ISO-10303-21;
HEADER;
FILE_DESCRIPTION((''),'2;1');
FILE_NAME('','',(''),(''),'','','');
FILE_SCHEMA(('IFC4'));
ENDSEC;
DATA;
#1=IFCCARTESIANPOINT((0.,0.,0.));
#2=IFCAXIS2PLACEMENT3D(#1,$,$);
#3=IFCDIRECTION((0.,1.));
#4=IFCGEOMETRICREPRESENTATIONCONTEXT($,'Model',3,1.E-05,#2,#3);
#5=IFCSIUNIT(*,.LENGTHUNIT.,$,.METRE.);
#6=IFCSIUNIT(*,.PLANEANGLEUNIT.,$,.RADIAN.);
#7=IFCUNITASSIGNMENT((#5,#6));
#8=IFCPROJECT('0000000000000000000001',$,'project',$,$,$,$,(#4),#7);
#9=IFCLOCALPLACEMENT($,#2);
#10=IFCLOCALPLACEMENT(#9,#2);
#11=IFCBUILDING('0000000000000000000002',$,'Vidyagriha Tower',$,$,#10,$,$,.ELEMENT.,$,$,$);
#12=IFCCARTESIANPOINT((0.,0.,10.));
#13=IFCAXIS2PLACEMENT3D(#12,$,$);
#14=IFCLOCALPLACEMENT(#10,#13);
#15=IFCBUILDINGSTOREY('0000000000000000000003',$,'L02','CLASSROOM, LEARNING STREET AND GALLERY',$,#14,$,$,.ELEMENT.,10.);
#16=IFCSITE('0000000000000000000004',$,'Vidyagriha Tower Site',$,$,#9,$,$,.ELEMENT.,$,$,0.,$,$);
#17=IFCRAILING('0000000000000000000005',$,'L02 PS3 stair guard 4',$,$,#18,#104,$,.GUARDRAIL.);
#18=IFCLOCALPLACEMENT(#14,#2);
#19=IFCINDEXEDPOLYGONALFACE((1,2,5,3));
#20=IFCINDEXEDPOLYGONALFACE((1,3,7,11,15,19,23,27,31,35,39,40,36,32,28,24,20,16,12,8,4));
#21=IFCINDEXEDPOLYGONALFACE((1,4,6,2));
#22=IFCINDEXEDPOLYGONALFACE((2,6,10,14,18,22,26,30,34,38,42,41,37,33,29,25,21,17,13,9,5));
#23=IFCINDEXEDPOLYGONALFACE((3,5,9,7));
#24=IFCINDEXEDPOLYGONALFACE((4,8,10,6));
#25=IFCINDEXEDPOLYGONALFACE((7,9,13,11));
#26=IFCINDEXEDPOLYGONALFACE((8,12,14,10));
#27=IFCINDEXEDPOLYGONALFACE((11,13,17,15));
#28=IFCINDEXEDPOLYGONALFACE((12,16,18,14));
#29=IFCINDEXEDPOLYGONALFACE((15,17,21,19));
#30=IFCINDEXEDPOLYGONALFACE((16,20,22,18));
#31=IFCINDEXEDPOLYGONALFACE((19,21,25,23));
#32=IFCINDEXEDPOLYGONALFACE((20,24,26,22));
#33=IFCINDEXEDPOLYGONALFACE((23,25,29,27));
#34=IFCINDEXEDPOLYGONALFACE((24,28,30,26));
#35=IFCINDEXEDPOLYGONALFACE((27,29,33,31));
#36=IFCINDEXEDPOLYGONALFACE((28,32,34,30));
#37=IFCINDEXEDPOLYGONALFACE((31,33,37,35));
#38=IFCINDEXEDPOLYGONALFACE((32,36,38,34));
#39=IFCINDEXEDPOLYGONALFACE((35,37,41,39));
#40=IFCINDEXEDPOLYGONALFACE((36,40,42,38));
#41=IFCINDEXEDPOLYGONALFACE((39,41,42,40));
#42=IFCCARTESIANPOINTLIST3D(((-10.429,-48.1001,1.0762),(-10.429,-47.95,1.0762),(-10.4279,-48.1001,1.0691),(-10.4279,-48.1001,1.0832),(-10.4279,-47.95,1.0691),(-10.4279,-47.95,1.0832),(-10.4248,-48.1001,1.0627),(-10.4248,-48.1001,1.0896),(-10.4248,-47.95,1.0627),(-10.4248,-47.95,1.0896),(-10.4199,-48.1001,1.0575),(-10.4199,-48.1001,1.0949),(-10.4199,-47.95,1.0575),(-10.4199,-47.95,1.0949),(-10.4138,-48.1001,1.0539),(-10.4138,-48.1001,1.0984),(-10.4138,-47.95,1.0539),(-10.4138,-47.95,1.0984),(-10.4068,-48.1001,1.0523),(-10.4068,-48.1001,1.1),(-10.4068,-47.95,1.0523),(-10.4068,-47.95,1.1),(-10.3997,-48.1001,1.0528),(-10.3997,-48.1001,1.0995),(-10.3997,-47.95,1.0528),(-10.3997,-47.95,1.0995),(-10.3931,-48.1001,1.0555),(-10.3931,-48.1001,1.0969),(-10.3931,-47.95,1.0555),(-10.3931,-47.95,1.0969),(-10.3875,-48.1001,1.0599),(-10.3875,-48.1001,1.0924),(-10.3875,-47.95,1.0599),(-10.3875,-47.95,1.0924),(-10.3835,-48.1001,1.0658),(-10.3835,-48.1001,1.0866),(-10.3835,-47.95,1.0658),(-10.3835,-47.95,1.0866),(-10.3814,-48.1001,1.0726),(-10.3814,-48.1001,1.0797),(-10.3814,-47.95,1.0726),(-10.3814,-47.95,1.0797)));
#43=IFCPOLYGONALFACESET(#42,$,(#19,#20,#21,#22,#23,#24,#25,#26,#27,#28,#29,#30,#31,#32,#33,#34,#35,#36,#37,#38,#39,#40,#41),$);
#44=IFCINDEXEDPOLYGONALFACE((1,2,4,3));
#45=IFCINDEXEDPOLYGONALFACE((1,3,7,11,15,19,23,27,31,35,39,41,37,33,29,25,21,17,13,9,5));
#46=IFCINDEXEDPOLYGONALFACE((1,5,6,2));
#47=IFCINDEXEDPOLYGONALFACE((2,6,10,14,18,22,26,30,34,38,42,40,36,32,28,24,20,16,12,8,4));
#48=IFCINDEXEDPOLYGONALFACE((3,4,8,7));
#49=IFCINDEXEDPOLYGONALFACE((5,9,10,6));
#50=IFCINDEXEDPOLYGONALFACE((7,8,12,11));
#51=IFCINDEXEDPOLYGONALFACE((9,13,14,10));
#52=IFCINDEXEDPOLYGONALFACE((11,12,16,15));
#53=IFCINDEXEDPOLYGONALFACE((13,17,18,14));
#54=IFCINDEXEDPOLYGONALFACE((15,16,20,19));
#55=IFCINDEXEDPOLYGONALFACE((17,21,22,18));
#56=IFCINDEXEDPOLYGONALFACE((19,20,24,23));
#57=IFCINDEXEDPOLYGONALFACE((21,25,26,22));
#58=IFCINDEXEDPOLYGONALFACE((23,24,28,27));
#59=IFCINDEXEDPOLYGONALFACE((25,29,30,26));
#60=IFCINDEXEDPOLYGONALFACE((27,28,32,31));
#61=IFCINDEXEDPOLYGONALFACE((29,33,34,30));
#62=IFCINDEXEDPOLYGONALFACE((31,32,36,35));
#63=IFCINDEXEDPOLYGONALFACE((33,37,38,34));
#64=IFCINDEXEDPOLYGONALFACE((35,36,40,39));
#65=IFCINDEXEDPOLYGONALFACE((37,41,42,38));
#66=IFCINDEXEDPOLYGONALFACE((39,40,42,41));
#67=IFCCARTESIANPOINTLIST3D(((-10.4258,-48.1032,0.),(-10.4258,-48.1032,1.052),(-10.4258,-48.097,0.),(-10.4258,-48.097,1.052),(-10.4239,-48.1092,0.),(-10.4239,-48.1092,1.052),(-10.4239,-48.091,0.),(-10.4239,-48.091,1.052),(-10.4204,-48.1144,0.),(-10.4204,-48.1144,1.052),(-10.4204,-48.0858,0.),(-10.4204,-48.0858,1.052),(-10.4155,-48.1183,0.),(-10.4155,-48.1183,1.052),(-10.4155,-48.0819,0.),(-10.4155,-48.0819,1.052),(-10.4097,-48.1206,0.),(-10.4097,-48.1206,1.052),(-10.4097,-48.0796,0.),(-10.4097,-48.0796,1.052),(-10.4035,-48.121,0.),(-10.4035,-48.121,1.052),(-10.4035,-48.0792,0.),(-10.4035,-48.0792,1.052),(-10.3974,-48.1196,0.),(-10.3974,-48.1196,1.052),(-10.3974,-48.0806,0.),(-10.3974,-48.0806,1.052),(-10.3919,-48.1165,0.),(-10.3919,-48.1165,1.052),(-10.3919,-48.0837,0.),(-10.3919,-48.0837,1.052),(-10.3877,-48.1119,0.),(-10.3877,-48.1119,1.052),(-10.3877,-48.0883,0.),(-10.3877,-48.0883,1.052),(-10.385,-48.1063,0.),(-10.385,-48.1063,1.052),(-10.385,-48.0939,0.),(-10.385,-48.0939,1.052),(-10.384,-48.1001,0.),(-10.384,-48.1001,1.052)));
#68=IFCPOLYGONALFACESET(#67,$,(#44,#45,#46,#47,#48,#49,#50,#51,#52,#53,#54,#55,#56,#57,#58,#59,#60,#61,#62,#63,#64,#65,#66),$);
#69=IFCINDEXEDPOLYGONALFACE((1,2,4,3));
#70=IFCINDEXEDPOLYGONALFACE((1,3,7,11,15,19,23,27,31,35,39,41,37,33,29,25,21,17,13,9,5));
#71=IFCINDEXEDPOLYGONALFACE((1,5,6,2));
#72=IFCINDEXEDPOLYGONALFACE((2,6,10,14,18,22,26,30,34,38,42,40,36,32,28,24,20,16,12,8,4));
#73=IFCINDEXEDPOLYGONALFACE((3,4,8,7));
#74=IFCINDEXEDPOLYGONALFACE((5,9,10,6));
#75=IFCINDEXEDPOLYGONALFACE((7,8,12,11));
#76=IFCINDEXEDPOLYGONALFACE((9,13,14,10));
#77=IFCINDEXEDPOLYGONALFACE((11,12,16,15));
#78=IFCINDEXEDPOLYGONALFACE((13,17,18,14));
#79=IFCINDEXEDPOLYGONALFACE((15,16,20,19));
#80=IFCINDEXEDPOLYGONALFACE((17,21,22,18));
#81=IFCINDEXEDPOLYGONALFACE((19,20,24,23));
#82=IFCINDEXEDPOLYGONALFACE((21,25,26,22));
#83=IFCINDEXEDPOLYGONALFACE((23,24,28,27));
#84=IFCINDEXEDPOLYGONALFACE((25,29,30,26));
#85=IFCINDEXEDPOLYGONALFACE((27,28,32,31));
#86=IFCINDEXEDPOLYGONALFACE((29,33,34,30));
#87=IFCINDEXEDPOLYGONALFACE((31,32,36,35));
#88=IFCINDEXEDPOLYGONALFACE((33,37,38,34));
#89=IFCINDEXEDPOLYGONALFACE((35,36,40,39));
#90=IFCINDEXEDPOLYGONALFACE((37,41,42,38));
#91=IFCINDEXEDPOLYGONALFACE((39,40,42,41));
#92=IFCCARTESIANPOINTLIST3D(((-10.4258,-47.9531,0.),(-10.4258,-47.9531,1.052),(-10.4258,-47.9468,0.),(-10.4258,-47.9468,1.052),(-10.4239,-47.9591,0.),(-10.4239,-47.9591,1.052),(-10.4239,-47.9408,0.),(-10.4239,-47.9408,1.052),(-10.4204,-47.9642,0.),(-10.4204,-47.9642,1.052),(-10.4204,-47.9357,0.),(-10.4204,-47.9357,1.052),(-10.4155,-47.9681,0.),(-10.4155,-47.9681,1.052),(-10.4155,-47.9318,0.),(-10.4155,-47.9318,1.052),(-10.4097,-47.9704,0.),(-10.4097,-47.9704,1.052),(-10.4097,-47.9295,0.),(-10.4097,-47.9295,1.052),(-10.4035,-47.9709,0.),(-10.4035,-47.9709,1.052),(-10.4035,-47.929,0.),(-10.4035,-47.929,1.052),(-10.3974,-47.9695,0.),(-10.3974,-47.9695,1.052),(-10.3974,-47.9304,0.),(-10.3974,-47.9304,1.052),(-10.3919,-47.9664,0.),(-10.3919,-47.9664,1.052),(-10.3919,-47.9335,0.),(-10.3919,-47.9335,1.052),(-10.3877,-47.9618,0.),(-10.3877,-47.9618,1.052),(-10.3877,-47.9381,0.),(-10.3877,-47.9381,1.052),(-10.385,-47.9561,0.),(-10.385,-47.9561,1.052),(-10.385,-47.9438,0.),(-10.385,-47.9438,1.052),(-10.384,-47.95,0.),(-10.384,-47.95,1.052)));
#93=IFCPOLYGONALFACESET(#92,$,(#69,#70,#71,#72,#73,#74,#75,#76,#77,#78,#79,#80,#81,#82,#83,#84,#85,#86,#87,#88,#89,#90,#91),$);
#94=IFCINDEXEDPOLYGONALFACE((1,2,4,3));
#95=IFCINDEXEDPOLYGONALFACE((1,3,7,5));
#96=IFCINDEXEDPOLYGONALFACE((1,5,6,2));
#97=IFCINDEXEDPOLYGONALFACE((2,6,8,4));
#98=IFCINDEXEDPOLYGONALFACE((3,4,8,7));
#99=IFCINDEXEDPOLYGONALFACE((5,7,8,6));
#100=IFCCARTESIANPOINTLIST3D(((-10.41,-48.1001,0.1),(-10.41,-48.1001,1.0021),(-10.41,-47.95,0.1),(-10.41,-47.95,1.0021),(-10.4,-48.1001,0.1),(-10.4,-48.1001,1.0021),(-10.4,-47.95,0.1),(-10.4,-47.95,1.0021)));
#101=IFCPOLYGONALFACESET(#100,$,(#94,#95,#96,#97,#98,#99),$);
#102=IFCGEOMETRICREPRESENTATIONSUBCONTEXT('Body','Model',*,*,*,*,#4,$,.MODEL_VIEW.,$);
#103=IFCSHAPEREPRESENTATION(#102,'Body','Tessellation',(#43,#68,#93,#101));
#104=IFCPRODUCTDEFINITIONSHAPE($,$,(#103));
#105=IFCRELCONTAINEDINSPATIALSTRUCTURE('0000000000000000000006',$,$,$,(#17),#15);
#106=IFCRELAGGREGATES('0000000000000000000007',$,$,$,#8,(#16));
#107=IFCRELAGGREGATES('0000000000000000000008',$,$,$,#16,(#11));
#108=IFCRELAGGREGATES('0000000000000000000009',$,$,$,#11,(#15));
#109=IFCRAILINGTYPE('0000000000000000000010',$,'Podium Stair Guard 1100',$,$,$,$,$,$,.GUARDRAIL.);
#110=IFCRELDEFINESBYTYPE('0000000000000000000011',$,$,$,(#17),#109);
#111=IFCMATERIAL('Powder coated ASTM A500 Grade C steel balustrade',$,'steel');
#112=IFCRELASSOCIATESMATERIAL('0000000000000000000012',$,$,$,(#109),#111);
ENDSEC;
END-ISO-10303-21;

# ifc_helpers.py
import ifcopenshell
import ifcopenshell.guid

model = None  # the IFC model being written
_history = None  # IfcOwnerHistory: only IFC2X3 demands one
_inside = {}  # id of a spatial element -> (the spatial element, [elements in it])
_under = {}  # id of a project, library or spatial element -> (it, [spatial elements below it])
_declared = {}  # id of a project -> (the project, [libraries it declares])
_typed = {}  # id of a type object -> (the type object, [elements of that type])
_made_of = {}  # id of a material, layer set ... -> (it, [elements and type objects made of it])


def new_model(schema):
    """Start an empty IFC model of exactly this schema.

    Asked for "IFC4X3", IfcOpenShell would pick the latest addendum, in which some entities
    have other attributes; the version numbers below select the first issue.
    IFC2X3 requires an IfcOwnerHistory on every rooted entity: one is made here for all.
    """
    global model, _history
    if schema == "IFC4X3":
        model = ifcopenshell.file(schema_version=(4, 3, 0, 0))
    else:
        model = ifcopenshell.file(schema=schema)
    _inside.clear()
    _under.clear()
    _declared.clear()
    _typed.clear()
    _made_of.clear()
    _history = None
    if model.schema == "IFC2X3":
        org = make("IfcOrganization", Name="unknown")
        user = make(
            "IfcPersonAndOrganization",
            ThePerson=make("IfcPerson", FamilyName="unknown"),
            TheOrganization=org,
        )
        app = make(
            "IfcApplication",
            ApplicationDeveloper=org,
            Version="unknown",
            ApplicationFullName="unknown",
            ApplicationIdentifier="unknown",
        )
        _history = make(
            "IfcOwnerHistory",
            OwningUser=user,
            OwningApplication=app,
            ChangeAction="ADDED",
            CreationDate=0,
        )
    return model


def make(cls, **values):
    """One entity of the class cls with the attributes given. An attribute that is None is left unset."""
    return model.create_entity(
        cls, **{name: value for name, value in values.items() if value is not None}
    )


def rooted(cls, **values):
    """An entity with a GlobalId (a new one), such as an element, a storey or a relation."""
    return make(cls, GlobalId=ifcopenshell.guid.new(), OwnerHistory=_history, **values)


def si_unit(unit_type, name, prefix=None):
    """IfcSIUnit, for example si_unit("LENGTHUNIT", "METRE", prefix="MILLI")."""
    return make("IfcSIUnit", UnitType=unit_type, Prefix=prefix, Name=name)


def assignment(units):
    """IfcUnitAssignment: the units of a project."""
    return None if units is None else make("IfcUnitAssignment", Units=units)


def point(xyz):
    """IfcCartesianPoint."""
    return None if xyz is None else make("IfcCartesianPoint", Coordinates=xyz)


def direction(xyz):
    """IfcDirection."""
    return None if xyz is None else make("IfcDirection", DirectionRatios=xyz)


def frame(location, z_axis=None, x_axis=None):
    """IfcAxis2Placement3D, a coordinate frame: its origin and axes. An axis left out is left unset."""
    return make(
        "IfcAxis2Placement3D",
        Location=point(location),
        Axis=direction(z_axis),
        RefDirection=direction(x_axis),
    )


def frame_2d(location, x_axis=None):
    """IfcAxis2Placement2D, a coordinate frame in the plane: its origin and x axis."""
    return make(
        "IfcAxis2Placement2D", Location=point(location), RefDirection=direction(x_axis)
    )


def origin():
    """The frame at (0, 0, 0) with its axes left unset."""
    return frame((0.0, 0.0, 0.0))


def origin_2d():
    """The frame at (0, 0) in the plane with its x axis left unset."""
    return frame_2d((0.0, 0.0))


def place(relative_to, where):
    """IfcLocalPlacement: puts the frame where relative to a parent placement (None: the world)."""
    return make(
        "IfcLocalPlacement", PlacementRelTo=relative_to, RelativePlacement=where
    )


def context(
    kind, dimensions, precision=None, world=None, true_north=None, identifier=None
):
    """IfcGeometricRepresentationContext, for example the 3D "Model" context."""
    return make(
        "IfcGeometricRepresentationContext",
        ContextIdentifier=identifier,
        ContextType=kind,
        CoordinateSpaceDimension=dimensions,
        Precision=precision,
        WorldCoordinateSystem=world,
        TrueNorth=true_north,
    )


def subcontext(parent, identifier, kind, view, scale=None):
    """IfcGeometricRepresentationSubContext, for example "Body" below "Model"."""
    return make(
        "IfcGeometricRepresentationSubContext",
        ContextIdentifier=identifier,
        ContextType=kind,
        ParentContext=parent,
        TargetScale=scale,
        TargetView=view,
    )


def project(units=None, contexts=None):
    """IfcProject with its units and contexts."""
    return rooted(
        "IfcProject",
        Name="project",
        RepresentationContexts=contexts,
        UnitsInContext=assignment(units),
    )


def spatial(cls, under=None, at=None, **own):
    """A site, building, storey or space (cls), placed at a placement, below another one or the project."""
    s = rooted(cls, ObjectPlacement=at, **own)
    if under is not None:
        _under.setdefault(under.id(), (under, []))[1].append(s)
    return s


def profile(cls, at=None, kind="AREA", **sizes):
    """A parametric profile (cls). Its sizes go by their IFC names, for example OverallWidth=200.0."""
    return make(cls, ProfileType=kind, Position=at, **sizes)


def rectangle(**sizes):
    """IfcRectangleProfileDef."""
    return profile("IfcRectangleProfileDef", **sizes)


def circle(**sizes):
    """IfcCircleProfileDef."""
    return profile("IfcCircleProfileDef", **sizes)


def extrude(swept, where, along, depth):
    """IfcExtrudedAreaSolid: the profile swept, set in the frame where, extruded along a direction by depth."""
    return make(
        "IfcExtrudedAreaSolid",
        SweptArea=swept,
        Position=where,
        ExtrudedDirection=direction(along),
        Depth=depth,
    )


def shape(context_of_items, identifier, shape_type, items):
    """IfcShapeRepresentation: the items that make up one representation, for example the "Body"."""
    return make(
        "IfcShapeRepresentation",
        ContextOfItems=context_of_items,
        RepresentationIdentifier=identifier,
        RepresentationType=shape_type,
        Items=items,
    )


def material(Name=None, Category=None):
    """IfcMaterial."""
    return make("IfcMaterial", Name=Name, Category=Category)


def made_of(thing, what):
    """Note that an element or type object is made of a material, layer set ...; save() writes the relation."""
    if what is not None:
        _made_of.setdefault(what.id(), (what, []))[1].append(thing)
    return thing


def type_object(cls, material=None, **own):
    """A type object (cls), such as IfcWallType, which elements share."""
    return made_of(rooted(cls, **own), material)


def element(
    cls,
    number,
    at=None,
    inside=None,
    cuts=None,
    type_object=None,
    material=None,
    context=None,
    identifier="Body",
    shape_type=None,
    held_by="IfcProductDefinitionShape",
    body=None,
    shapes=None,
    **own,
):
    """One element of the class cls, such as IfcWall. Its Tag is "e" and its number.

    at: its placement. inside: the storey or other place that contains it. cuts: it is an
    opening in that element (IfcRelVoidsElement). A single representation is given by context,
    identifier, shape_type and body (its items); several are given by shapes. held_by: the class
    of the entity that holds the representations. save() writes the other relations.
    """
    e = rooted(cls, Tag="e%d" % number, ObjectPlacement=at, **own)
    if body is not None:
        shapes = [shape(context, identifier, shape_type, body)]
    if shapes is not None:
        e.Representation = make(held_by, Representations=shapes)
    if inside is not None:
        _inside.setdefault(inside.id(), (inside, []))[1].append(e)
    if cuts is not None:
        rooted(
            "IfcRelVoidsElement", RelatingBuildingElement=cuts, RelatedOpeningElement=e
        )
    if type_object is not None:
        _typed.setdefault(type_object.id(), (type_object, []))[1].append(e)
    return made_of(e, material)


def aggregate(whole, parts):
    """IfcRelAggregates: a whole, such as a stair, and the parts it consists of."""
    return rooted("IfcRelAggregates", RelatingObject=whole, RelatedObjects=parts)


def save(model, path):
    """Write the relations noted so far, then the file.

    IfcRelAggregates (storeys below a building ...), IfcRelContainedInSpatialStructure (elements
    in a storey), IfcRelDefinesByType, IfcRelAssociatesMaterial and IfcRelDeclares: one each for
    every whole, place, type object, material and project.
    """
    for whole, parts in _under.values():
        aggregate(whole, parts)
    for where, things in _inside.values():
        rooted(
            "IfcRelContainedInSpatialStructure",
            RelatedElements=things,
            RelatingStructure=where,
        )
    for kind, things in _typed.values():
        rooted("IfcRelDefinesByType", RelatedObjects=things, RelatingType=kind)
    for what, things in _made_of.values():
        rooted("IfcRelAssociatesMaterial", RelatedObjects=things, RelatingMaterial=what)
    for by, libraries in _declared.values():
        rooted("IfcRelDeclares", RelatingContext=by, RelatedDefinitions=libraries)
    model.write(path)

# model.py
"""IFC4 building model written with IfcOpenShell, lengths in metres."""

from ifc_helpers import new_model, si_unit, direction, frame, origin, origin_2d, place, context, subcontext, project, spatial, rectangle, circle, extrude, material, type_object, element, save


model = new_model("IFC4")

# Units and contexts
model_context = context("Model", 3, precision=1e-05, world=origin(), true_north=direction((0.0, 1.0)))
body_context = subcontext(model_context, "Body", "Model", "MODEL_VIEW")
ifc_project = project(units=[si_unit("LENGTHUNIT", "METRE"), si_unit("PLANEANGLEUNIT", "RADIAN")], contexts=[model_context])

# Site, building, storey
site_placement = place(None, origin())
site = spatial("IfcSite", under=ifc_project, at=site_placement, Name="Vidyagriha Tower Site", CompositionType="ELEMENT", RefElevation=0.0)
building_placement = place(site_placement, origin())
building = spatial("IfcBuilding", under=site, at=building_placement, Name="Vidyagriha Tower", CompositionType="ELEMENT")
storey_placement = place(building_placement, frame((0.0, 0.0, 10.0)))
storey = spatial("IfcBuildingStorey", under=building, at=storey_placement, Name="L02", Description="CLASSROOM, LEARNING STREET AND GALLERY", CompositionType="ELEMENT", Elevation=10.0)

# Railing
ifc_material_1 = material(Name="Powder coated ASTM A500 Grade C steel balustrade", Category="steel")
railing_type_1 = type_object("IfcRailingType", Name="Podium Stair Guard 1100", PredefinedType="GUARDRAIL", material=ifc_material_1)
railing_1_placement = place(storey_placement, frame((-10.405, -48.1001, 0.0)))
element("IfcRailing", 1, at=railing_1_placement, inside=storey, type_object=railing_type_1, Name="L02 PS3 stair guard 4", PredefinedType="GUARDRAIL", context=body_context, shape_type="SweptSolid", body=[
    extrude(circle(Radius=0.0239, at=origin_2d()), frame((0.0, 0.0, 1.0762), z_axis=(0.0, 1.0, 0.0), x_axis=(-1.0, 0.0, 0.0)), (0.0, 0.0, 1.0), 0.1501),
    extrude(circle(Radius=0.021, at=origin_2d()), origin(), (0.0, 0.0, 1.0), 1.052),
    extrude(circle(Radius=0.021, at=origin_2d()), frame((0.0, 0.1501, 0.0)), (0.0, 0.0, 1.0), 1.052),
    extrude(rectangle(XDim=0.01, YDim=0.9021, at=origin_2d()), frame((0.0, 0.0, 0.551), z_axis=(0.0, 1.0, 0.0), x_axis=(-1.0, 0.0, 0.0)), (0.0, 0.0, 1.0), 0.1501),
])

save(model, "model.ifc")
